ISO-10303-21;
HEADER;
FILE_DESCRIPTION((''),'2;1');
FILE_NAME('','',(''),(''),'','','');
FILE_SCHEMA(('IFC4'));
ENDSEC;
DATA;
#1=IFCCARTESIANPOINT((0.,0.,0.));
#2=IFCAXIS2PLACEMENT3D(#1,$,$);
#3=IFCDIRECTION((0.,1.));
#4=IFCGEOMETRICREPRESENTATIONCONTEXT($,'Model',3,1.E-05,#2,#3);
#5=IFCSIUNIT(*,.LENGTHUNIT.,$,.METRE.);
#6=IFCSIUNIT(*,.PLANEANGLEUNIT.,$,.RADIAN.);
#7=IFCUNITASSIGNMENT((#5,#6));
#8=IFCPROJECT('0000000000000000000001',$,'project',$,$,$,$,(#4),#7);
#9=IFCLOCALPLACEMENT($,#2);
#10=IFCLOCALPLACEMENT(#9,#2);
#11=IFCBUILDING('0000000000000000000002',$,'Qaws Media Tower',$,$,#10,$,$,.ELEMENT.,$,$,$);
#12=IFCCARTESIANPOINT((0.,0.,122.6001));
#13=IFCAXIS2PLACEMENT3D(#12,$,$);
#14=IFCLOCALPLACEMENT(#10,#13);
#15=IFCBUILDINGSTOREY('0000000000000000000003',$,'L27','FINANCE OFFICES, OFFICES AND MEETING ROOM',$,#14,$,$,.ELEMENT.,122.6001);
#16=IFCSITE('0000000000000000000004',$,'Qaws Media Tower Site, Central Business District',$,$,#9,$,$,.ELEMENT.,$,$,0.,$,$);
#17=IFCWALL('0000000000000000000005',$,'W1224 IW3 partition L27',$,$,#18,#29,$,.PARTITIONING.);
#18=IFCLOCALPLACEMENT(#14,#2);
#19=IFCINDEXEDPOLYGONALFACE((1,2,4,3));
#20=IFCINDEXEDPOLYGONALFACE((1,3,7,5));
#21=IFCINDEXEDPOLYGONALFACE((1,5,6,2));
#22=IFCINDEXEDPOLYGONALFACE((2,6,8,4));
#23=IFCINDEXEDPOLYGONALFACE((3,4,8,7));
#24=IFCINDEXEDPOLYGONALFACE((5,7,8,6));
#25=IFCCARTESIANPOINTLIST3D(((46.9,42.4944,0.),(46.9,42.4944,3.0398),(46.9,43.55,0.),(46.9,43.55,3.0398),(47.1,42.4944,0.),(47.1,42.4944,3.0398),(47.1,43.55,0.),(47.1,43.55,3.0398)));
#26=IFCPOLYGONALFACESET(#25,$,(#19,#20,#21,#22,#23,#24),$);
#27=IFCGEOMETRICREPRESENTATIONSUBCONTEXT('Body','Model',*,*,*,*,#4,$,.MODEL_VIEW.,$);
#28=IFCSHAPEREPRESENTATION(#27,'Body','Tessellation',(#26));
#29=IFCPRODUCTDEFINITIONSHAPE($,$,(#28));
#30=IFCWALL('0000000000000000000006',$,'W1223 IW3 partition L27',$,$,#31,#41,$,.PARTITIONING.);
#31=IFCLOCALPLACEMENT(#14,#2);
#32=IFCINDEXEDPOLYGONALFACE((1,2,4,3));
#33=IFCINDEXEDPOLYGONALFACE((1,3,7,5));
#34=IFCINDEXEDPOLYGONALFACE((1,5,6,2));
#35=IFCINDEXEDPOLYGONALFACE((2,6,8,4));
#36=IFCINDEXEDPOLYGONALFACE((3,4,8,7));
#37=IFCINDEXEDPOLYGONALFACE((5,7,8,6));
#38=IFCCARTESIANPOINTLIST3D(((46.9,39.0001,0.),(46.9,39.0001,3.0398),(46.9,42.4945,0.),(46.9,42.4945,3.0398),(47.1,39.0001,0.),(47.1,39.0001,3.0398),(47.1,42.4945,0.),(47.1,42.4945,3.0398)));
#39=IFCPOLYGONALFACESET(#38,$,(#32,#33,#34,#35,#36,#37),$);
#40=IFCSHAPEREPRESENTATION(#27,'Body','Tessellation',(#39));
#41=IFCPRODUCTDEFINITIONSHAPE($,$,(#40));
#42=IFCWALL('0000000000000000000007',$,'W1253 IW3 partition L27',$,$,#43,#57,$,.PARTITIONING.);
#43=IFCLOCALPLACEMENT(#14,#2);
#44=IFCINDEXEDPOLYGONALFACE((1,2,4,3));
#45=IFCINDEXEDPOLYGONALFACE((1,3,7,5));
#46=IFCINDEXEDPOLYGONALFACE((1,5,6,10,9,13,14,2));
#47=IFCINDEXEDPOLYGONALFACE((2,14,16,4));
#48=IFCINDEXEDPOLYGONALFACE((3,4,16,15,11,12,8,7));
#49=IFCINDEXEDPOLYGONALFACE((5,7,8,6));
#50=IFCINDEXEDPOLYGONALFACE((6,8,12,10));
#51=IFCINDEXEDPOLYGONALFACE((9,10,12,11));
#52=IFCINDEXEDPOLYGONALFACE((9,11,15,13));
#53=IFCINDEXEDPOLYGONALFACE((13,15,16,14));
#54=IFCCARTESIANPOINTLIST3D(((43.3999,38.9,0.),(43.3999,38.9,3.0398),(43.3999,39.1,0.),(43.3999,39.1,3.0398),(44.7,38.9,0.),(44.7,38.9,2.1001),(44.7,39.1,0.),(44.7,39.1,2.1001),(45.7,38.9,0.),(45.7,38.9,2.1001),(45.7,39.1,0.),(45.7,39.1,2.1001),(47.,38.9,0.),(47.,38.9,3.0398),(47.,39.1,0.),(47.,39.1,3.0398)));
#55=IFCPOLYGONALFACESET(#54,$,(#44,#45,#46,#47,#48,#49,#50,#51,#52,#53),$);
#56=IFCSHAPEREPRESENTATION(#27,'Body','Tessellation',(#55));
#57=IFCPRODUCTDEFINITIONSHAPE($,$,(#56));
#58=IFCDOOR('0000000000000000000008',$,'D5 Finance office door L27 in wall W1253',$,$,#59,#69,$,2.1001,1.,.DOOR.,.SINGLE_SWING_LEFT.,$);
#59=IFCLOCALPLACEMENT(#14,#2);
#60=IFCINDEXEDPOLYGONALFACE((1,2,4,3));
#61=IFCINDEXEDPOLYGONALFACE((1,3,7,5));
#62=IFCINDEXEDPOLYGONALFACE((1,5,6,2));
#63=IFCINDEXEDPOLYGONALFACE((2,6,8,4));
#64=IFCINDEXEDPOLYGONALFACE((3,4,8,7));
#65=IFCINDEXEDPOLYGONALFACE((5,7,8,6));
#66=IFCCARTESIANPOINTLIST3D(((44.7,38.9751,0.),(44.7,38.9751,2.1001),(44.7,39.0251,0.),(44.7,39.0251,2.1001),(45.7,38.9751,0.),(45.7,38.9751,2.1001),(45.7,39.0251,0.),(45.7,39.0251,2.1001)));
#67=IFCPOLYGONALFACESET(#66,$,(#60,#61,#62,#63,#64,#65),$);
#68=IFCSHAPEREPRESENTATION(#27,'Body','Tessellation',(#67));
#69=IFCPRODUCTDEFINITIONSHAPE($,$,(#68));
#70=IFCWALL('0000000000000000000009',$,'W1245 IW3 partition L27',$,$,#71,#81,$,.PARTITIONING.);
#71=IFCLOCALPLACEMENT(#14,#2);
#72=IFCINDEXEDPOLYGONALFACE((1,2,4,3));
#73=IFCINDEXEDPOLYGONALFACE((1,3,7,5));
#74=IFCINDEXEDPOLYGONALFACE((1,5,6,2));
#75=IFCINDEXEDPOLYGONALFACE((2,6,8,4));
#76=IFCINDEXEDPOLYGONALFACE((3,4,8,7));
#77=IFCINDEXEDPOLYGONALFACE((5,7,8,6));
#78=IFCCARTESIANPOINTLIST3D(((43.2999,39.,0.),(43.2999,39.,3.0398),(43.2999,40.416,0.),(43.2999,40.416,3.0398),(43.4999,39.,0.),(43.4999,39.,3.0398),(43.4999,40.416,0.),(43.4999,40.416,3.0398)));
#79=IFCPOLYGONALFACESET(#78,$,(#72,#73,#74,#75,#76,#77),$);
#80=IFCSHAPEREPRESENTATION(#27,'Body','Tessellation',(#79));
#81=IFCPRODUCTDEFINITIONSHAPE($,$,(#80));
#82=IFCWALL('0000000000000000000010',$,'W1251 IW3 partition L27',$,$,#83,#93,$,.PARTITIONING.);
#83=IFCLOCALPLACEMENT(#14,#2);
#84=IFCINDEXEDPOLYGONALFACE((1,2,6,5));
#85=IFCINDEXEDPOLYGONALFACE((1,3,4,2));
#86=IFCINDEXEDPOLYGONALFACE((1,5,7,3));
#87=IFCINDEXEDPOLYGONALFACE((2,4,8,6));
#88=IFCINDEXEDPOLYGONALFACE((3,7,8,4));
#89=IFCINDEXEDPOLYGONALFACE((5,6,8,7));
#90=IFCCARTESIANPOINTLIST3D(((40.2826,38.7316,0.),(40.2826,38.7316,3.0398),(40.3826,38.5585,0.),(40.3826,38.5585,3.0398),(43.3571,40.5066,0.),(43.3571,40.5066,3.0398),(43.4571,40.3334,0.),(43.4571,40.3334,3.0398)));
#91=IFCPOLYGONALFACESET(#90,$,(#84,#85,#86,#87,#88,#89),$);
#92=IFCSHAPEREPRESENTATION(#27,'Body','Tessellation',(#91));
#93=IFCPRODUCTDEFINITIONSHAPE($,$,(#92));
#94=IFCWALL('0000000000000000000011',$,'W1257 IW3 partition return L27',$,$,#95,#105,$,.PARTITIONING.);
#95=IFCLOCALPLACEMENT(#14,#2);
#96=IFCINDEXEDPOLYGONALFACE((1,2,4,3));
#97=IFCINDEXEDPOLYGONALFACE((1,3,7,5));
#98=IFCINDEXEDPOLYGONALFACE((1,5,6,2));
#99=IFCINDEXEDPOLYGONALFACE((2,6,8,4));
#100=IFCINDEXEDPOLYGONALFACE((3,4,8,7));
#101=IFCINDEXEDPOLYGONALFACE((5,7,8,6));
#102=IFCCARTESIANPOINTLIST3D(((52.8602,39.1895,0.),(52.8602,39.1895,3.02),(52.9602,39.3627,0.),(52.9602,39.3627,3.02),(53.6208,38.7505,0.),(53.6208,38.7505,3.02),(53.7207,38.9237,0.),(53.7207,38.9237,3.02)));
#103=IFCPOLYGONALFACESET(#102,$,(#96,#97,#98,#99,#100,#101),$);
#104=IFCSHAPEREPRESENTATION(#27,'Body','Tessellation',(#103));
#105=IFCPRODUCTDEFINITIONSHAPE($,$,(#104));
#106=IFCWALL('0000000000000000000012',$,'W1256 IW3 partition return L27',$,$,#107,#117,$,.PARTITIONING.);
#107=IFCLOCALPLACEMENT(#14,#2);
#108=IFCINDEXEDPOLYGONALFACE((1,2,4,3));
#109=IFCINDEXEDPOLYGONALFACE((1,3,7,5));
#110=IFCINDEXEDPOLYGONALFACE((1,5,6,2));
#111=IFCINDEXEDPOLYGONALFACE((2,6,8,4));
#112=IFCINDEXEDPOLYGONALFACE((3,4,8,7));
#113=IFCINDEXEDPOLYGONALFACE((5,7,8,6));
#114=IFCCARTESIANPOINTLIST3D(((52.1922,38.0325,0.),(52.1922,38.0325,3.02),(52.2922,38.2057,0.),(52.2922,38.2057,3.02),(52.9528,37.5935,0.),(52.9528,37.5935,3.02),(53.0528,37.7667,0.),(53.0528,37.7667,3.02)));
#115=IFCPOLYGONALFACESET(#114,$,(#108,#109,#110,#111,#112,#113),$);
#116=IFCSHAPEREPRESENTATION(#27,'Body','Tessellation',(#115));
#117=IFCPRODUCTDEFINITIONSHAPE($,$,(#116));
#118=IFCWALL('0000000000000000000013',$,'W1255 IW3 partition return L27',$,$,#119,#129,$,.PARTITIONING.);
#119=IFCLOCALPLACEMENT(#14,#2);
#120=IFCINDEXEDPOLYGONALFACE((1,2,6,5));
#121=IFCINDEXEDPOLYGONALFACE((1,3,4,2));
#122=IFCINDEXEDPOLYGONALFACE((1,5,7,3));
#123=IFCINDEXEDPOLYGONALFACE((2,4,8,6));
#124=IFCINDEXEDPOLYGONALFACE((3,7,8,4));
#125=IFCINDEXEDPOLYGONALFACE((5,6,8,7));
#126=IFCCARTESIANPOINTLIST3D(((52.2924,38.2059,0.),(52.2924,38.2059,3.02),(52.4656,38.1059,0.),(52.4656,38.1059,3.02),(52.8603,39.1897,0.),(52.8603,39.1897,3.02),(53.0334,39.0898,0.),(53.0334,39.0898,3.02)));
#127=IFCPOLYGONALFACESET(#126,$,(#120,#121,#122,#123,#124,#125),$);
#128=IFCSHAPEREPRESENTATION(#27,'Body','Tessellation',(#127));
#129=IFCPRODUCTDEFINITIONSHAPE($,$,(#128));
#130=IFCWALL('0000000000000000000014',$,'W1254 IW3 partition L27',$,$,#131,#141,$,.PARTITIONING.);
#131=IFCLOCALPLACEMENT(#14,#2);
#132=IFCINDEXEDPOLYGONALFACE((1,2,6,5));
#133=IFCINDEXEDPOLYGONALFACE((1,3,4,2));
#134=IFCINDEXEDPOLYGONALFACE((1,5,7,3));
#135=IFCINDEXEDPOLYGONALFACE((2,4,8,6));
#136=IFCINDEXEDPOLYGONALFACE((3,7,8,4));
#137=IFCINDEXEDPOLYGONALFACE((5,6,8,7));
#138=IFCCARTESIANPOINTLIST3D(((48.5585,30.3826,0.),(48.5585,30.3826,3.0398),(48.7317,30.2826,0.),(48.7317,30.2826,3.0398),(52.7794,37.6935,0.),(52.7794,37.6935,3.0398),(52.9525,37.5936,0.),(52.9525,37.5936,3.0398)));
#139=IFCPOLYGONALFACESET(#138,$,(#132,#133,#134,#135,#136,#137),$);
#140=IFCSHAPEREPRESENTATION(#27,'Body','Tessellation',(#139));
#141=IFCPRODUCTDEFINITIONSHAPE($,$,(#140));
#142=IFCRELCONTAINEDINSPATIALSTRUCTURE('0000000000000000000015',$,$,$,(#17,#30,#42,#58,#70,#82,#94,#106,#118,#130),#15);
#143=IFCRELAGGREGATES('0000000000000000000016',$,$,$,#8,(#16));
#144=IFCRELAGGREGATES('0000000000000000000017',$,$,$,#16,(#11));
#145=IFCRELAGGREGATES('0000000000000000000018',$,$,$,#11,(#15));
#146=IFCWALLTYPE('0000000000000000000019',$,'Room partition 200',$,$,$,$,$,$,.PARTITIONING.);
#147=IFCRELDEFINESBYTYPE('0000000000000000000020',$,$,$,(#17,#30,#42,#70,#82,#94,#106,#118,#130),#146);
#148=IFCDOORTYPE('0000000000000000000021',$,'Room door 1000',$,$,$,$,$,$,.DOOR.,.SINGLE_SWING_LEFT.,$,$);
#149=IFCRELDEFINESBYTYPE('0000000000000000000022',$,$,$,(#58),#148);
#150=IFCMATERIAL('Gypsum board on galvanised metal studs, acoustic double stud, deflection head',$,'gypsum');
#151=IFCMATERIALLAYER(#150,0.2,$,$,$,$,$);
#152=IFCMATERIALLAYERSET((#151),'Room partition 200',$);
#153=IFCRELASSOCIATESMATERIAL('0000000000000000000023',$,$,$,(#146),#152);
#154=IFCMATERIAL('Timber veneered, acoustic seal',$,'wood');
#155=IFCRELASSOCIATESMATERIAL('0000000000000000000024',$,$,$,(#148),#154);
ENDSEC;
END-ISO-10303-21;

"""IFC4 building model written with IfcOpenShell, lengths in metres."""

from ifc_helpers import new_model, si_unit, direction, frame, frame_2d, origin, place, context, subcontext, project, spatial, rectangle, extrude, material, layer, layer_set, type_object, element, fill, save


model = new_model("IFC4")

# Units and contexts
model_context = context("Model", 3, precision=1e-05, world=origin(), true_north=direction((0.0, 1.0)))
body_context = subcontext(model_context, "Body", "Model", "MODEL_VIEW")
ifc_project = project(units=[si_unit("LENGTHUNIT", "METRE"), si_unit("PLANEANGLEUNIT", "RADIAN")], contexts=[model_context])

# Site, building, storey
site_placement = place(None, origin())
site = spatial("IfcSite", under=ifc_project, at=site_placement, Name="Qaws Media Tower Site, Central Business District", CompositionType="ELEMENT", RefElevation=0.0)
building_placement = place(site_placement, origin())
building = spatial("IfcBuilding", under=site, at=building_placement, Name="Qaws Media Tower", CompositionType="ELEMENT")
storey_placement = place(building_placement, frame((0.0, 0.0, 122.6001)))
storey = spatial("IfcBuildingStorey", under=building, at=storey_placement, Name="L27", Description="FINANCE OFFICES, OFFICES AND MEETING ROOM", CompositionType="ELEMENT", Elevation=122.6001)

# Walls
ifc_material_1 = material(Name="Gypsum board on galvanised metal studs, acoustic double stud, deflection head", Category="gypsum")
ifc_layer_1 = layer(ifc_material_1, 0.2)
ifc_layer_set_1 = layer_set([ifc_layer_1], Name="Room partition 200")
wall_type = type_object("IfcWallType", Name="Room partition 200", PredefinedType="PARTITIONING", material=ifc_layer_set_1)
wall_1_placement = place(storey_placement, frame((47.0, 43.55, 0.0), z_axis=(0.0, 0.0, 1.0), x_axis=(0.0, -1.0, 0.0)))
element("IfcWall", 1, at=wall_1_placement, inside=storey, type_object=wall_type, Name="W1224 IW3 partition L27", PredefinedType="PARTITIONING", context=body_context, shape_type="SweptSolid", body=[
    extrude(rectangle(XDim=1.0557, YDim=0.2, at=frame_2d((0.5278, 0.0))), origin(), (0.0, 0.0, 1.0), 3.0398),
])
wall_2_placement = place(storey_placement, frame((47.0, 42.4944, 0.0), z_axis=(0.0, 0.0, 1.0), x_axis=(0.0, -1.0, 0.0)))
element("IfcWall", 2, at=wall_2_placement, inside=storey, type_object=wall_type, Name="W1223 IW3 partition L27", PredefinedType="PARTITIONING", context=body_context, shape_type="SweptSolid", body=[
    extrude(rectangle(XDim=3.4944, YDim=0.2, at=frame_2d((1.7471, 0.0))), origin(), (0.0, 0.0, 1.0), 3.0398),
])

# Wall, opening, door
wall_3_placement = place(storey_placement, frame((47.0, 39.0, 0.0), z_axis=(0.0, 0.0, 1.0), x_axis=(-1.0, 0.0, 0.0)))
wall_3 = element("IfcWall", 3, at=wall_3_placement, inside=storey, type_object=wall_type, Name="W1253 IW3 partition L27", PredefinedType="PARTITIONING", context=body_context, shape_type="SweptSolid", body=[
    extrude(rectangle(XDim=3.6001, YDim=0.2, at=frame_2d((1.8, 0.0))), origin(), (0.0, 0.0, 1.0), 3.0398),
])
opening_1_placement = place(wall_3_placement, frame((1.3, 0.0, 0.0)))
opening_1 = element("IfcOpeningElement", 4, at=opening_1_placement, cuts=wall_3, PredefinedType="OPENING", context=body_context, shape_type="SweptSolid", body=[
    extrude(rectangle(XDim=1.0, YDim=2.1001, at=frame_2d((0.5, 1.05))), frame((0.0, 0.1099, 0.0), z_axis=(0.0, -1.0, 0.0), x_axis=(1.0, 0.0, 0.0)), (0.0, 0.0, 1.0), 0.22),
])
ifc_material_2 = material(Name="Timber veneered, acoustic seal", Category="wood")
door_type_1 = type_object("IfcDoorType", Name="Room door 1000", OperationType="SINGLE_SWING_LEFT", PredefinedType="DOOR", material=ifc_material_2)
door_1_placement = place(opening_1_placement, origin())
door_1 = element("IfcDoor", 5, at=door_1_placement, inside=storey, type_object=door_type_1, Name="D5 Finance office door L27 in wall W1253", OperationType="SINGLE_SWING_LEFT", OverallHeight=2.1001, OverallWidth=1.0, PredefinedType="DOOR", context=body_context, shape_type="SweptSolid", body=[
    extrude(rectangle(XDim=1.0, YDim=2.1001, at=frame_2d((0.5, 1.05))), frame((0.0, 0.0249, 0.0), z_axis=(0.0, -1.0, 0.0), x_axis=(1.0, 0.0, 0.0)), (0.0, 0.0, 1.0), 0.05),
])
fill(opening_1, door_1)

# Wall
wall_4_placement = place(storey_placement, frame((43.3999, 39.0, 0.0), z_axis=(0.0, 0.0, 1.0), x_axis=(0.0, 1.0, 0.0)))
element("IfcWall", 6, at=wall_4_placement, inside=storey, type_object=wall_type, Name="W1245 IW3 partition L27", PredefinedType="PARTITIONING", context=body_context, shape_type="SweptSolid", body=[
    extrude(rectangle(XDim=1.416, YDim=0.2, at=frame_2d((0.708, 0.0))), origin(), (0.0, 0.0, 1.0), 3.0398),
])

# Walls
wall_5_placement = place(storey_placement, frame((43.407, 40.4199, 0.0), z_axis=(0.0, 0.0, 1.0), x_axis=(-0.866042, -0.49997, 0.0)))
element("IfcWall", 7, at=wall_5_placement, inside=storey, type_object=wall_type, Name="W1251 IW3 partition L27", PredefinedType="PARTITIONING", context=body_context, shape_type="SweptSolid", body=[
    extrude(rectangle(XDim=3.55, YDim=0.2, at=frame_2d((1.7749, 0.0))), origin(), (0.0, 0.0, 1.0), 3.0398),
])
for number, where, z_axis, x_axis, name in (
    (8, (53.6707, 38.8372, 0.0), (0.0, 0.0, 1.0), (-0.866079, 0.499907, 0.0), "W1257 IW3 partition return L27"),
    (9, (53.0027, 37.6802, 0.0), (0.0, 0.0, 1.0), (-0.866079, 0.499907, 0.0), "W1256 IW3 partition return L27"),
):
    element("IfcWall", number, at=place(storey_placement, frame(where, z_axis=z_axis, x_axis=x_axis)), inside=storey, type_object=wall_type, Name=name, PredefinedType="PARTITIONING", context=body_context, shape_type="SweptSolid", body=[
        extrude(rectangle(XDim=0.8782, YDim=0.2, at=frame_2d((0.439, 0.0))), origin(), (0.0, 0.0, 1.0), 3.02),
    ])
wall_6_placement = place(storey_placement, frame((52.9468, 39.1396, 0.0), z_axis=(0.0, 0.0, 1.0), x_axis=(-0.499884, -0.866093, 0.0)))
element("IfcWall", 10, at=wall_6_placement, inside=storey, type_object=wall_type, Name="W1255 IW3 partition return L27", PredefinedType="PARTITIONING", context=body_context, shape_type="SweptSolid", body=[
    extrude(rectangle(XDim=1.136, YDim=0.2, at=frame_2d((0.5679, 0.0))), origin(), (0.0, 0.0, 1.0), 3.02),
])
wall_7_placement = place(storey_placement, frame((52.866, 37.6436, 0.0), z_axis=(0.0, 0.0, 1.0), x_axis=(-0.499993, -0.86603, 0.0)))
element("IfcWall", 11, at=wall_7_placement, inside=storey, type_object=wall_type, Name="W1254 IW3 partition L27", PredefinedType="PARTITIONING", context=body_context, shape_type="SweptSolid", body=[
    extrude(rectangle(XDim=8.4419, YDim=0.2, at=frame_2d((4.2209, 0.0))), origin(), (0.0, 0.0, 1.0), 3.0398),
])

save(model, "model.ifc")
